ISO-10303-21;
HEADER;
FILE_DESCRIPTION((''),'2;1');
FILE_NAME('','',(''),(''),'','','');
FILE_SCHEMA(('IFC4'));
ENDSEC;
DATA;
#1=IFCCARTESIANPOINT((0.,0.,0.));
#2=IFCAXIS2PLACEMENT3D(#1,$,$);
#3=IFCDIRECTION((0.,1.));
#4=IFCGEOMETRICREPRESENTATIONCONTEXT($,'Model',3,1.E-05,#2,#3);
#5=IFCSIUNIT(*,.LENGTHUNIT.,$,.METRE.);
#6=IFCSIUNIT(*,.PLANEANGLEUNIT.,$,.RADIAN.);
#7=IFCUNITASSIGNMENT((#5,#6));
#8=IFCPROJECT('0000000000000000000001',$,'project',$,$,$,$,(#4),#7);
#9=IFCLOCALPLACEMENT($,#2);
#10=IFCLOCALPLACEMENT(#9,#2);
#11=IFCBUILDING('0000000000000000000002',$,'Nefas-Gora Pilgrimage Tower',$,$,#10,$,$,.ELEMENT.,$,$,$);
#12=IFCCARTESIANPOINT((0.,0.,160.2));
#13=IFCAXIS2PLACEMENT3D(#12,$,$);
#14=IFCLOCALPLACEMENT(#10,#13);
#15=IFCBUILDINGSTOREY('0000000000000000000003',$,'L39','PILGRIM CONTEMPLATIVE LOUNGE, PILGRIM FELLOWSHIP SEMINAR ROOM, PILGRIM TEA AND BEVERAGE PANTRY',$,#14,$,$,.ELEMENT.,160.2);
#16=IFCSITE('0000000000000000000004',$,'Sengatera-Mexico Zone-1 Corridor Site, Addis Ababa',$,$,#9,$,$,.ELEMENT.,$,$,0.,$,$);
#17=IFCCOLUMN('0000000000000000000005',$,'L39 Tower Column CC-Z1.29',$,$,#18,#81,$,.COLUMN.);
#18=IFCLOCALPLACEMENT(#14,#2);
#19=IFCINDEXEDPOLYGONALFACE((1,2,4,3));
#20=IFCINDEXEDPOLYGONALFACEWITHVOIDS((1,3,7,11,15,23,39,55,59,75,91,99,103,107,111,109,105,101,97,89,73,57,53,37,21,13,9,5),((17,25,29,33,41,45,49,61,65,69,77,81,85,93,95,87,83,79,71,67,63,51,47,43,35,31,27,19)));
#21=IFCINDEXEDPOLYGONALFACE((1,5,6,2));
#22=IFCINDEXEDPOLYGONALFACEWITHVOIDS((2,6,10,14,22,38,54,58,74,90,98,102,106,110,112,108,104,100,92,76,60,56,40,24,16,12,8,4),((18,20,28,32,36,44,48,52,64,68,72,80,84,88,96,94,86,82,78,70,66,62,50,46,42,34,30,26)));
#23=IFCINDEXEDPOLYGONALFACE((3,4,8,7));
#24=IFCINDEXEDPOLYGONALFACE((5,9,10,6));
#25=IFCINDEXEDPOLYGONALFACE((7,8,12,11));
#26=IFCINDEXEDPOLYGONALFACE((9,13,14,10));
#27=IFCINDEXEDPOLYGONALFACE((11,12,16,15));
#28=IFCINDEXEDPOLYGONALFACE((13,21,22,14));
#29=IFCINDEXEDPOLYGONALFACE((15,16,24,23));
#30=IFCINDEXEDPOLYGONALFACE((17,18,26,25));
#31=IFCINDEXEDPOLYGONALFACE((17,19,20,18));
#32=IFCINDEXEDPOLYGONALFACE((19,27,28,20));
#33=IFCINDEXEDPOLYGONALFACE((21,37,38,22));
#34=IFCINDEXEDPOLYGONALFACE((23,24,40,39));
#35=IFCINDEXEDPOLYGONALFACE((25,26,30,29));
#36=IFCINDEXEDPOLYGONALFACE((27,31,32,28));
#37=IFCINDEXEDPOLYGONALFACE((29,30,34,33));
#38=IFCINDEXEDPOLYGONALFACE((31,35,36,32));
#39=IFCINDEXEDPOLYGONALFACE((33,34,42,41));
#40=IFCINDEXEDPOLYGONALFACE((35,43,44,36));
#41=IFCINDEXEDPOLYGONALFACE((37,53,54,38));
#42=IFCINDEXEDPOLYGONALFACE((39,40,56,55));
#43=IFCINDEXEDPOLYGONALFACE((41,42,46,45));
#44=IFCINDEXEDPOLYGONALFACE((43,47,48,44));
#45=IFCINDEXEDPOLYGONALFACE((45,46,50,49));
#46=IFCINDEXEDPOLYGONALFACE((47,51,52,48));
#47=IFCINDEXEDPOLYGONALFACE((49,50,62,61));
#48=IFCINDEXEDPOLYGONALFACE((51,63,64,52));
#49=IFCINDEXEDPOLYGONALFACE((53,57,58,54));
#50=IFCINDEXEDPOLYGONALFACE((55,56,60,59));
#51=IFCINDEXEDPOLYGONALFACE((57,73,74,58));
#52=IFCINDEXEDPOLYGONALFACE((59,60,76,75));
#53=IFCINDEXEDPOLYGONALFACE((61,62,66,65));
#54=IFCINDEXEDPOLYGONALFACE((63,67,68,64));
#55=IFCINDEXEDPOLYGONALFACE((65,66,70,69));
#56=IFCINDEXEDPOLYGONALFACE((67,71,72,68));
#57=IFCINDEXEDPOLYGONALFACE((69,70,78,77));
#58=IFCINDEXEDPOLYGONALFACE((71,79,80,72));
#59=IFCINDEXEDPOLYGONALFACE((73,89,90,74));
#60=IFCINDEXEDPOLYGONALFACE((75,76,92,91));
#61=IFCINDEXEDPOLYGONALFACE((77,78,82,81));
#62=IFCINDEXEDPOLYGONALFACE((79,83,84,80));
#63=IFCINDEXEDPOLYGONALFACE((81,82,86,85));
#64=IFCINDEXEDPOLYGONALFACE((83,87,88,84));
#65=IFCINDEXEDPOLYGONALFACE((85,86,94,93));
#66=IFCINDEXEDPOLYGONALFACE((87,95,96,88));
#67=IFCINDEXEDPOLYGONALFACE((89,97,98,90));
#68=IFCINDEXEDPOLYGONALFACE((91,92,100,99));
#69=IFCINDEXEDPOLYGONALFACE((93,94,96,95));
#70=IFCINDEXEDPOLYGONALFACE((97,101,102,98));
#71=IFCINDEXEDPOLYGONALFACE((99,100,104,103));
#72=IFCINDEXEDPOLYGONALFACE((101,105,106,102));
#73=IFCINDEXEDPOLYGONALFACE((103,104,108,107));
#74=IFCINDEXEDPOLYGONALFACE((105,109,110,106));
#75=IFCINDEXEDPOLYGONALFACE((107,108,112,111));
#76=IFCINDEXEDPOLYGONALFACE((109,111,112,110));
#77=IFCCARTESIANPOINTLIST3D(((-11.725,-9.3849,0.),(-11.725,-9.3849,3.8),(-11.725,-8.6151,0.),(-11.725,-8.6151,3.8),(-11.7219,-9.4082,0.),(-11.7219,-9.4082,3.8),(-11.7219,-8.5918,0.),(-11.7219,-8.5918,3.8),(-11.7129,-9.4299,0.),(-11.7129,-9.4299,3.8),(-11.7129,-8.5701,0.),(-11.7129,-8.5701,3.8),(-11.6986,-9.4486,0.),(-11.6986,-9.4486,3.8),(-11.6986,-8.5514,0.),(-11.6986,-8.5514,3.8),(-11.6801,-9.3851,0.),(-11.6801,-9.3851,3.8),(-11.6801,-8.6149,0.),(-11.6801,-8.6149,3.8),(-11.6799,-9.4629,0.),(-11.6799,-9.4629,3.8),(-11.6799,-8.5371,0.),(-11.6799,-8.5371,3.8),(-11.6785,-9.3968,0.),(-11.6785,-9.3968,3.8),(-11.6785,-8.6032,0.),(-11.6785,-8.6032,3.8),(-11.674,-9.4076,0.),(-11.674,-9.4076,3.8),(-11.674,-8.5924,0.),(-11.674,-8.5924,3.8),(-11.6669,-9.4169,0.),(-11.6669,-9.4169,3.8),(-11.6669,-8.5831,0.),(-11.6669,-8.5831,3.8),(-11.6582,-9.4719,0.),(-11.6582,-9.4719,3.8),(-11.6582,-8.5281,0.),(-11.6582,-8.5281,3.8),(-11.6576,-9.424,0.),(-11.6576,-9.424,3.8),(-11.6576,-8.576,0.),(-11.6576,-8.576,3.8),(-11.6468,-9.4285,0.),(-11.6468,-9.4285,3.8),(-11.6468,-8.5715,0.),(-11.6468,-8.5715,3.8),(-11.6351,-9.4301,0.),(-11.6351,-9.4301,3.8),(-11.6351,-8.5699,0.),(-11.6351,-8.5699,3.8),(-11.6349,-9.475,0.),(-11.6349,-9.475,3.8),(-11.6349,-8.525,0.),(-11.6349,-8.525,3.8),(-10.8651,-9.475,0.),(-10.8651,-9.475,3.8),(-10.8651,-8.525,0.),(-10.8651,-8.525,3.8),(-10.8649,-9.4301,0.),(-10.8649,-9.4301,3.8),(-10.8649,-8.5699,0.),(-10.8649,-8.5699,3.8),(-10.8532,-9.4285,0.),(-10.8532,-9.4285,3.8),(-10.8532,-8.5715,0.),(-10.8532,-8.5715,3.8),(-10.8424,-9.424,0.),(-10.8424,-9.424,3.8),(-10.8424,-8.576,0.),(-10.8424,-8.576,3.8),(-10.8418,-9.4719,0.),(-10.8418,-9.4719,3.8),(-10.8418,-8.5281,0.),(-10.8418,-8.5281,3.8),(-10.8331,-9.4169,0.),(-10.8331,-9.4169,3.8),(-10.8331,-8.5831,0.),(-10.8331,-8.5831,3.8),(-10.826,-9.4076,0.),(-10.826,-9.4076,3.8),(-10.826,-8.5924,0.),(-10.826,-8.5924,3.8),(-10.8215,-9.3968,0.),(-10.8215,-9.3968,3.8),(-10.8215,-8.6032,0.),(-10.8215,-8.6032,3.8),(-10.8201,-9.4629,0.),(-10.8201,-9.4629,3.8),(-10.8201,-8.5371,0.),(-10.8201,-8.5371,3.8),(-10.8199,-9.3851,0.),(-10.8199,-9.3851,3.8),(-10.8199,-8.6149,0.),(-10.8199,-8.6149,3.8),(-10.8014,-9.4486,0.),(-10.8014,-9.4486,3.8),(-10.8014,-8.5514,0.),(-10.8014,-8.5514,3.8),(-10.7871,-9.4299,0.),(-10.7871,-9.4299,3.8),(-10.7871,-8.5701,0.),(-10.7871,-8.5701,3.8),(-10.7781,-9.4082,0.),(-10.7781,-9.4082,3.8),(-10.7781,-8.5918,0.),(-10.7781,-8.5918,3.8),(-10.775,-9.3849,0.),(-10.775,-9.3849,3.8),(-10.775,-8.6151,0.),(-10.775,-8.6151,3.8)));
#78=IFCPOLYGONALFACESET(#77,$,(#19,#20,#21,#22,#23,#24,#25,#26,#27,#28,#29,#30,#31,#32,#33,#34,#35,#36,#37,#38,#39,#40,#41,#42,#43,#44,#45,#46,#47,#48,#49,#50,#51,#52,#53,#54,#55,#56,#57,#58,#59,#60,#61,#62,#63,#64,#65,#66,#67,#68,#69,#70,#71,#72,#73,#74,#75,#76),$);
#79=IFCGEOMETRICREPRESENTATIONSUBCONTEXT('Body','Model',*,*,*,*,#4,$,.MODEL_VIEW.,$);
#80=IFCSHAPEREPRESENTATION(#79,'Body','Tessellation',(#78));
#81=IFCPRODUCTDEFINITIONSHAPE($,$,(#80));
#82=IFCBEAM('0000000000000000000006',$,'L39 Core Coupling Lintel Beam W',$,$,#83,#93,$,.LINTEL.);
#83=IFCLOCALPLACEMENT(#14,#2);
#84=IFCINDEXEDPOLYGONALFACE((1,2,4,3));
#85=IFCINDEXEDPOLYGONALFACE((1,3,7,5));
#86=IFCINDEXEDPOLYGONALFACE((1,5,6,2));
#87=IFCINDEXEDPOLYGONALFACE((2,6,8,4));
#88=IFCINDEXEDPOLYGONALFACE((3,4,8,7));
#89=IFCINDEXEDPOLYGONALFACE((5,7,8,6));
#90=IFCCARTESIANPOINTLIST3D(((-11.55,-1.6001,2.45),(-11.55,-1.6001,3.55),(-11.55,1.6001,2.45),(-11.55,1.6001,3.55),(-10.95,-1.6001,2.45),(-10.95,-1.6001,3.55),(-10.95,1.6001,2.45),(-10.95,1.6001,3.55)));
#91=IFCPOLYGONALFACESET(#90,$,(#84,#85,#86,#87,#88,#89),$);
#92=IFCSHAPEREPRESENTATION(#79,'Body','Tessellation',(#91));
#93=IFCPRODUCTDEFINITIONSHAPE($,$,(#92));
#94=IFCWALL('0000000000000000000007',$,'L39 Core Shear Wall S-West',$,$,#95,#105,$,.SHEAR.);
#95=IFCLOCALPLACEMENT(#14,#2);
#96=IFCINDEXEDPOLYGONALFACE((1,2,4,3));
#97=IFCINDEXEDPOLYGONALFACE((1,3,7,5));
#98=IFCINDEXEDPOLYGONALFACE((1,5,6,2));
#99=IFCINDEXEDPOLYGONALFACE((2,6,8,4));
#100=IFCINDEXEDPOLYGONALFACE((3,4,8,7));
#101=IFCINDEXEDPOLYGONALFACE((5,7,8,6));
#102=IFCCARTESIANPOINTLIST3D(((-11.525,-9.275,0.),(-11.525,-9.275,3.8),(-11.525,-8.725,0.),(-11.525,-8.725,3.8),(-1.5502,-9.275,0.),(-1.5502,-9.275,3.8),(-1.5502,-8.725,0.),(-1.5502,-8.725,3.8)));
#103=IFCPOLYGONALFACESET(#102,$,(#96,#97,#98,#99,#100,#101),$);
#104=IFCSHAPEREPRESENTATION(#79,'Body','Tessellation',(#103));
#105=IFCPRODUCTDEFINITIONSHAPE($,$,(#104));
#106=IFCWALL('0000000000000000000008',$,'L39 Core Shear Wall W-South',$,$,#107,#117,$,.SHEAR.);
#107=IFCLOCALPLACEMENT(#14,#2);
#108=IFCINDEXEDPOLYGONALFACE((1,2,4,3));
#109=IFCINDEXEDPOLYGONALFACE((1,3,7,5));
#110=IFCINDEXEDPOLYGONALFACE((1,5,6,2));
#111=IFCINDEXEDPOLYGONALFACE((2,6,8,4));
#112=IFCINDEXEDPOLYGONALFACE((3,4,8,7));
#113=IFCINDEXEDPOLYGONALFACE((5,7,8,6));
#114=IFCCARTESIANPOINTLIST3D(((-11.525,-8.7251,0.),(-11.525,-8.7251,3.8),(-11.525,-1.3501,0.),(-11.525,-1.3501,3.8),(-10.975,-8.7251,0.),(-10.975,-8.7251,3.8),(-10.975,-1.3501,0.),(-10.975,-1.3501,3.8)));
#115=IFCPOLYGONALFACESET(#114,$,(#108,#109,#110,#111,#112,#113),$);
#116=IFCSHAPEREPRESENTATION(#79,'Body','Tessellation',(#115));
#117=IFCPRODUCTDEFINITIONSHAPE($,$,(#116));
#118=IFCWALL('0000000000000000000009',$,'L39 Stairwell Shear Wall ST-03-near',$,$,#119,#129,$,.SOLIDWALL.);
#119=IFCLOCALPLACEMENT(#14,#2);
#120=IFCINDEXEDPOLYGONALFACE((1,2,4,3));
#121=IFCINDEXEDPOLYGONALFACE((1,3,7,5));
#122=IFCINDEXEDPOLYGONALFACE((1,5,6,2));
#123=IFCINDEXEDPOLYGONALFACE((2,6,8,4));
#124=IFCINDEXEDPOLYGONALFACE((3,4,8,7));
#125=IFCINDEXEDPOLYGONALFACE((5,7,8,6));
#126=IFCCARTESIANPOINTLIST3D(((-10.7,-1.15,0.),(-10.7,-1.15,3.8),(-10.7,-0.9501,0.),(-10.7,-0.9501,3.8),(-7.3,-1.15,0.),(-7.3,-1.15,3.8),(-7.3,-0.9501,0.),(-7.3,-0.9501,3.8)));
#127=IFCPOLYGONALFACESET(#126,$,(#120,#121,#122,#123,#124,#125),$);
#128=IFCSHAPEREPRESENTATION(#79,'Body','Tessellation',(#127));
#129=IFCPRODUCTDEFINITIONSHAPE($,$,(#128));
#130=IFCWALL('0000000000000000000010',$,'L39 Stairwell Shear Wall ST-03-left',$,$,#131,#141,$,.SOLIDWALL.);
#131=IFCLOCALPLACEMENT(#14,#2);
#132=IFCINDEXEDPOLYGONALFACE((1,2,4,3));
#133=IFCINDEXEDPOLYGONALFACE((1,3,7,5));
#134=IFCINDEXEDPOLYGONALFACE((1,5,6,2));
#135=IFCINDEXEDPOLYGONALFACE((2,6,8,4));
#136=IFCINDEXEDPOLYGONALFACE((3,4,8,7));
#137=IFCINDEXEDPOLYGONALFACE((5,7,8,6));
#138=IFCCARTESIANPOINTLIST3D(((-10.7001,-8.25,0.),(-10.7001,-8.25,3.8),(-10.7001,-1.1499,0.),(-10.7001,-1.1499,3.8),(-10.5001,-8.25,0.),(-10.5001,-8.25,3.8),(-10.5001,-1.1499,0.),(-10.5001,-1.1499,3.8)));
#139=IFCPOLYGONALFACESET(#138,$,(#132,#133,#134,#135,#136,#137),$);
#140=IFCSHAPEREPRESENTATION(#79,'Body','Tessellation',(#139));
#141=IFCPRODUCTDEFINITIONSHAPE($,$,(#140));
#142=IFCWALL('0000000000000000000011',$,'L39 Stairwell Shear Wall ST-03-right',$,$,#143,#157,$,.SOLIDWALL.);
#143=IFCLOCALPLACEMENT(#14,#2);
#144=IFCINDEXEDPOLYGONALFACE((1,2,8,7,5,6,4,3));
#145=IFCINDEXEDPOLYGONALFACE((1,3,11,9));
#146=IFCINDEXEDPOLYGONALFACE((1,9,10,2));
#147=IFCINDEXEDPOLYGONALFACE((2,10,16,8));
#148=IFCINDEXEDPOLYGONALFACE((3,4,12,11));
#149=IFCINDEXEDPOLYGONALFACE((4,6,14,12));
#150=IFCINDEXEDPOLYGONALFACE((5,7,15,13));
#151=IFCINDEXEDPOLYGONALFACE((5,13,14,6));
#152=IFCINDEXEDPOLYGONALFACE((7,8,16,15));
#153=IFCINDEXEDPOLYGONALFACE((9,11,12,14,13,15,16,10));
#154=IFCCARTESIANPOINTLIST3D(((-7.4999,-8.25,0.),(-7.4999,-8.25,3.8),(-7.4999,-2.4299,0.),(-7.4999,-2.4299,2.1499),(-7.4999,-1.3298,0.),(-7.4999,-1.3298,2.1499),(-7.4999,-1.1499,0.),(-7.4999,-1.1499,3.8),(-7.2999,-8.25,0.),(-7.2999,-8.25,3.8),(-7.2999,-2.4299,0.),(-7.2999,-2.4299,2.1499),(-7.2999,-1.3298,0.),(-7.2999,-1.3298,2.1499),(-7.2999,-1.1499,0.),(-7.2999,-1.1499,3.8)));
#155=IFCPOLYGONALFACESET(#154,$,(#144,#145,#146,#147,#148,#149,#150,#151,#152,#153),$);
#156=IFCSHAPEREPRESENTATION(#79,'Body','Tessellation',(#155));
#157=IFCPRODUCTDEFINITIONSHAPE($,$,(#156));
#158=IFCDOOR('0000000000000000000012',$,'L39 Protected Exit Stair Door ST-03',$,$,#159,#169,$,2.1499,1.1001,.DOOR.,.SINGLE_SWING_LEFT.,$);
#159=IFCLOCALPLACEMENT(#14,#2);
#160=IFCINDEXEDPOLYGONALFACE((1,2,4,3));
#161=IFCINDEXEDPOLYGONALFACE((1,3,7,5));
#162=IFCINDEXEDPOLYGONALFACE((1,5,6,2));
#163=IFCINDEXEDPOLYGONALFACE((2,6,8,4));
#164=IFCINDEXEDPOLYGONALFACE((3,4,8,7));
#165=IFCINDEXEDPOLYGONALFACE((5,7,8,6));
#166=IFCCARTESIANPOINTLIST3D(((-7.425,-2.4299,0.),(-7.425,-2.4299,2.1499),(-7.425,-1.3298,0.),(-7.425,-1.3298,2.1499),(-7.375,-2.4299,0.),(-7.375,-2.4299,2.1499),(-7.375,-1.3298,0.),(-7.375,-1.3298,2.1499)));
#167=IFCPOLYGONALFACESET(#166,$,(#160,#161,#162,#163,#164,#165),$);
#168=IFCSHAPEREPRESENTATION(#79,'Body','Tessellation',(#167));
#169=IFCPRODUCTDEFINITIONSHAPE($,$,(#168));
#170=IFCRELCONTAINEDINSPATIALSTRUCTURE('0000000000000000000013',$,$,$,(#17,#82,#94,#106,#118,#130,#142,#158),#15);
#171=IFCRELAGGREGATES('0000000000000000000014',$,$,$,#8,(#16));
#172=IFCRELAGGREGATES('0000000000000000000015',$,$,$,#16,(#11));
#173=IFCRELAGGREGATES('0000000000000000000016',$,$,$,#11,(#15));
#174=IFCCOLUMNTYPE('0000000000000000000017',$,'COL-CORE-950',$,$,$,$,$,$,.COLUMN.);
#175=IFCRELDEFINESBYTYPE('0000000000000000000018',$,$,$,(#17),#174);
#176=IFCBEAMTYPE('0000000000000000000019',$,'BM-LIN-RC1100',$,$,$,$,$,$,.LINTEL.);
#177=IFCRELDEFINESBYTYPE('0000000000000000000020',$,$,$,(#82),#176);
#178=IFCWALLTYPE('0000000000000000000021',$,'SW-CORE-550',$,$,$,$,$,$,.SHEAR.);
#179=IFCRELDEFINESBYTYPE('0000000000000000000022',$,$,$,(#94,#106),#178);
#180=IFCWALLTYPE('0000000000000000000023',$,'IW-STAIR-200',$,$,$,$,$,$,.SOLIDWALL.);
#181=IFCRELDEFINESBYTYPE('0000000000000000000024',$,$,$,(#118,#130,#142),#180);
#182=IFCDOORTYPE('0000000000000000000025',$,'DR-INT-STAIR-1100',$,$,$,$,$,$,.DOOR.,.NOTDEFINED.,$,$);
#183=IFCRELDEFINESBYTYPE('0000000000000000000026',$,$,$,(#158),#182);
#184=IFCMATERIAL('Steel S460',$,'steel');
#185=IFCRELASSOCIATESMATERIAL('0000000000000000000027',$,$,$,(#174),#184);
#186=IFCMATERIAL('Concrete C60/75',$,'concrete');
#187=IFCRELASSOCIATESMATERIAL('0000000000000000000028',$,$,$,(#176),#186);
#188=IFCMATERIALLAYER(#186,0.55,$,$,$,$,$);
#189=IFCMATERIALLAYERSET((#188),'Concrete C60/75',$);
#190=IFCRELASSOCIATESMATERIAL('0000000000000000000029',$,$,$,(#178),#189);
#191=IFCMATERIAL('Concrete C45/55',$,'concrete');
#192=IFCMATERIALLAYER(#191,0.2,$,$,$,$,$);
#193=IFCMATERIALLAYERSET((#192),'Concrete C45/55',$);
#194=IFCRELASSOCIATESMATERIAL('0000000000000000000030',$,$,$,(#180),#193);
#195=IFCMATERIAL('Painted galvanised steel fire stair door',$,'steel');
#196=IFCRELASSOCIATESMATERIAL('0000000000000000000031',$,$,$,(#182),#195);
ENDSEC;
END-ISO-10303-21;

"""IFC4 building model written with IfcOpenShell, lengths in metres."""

from ifc_helpers import new_model, si_unit, direction, frame, frame_2d, origin, origin_2d, place, context, subcontext, project, spatial, rectangle, hollow_rectangle, extrude, source, transform, mapped, material, layer, layer_set, material_profile, profile_set, type_object, element, fill, save


model = new_model("IFC4")

# Units and contexts
model_context = context("Model", 3, precision=1e-05, world=origin(), true_north=direction((0.0, 1.0)))
body_context = subcontext(model_context, "Body", "Model", "MODEL_VIEW")
ifc_project = project(units=[si_unit("LENGTHUNIT", "METRE"), si_unit("PLANEANGLEUNIT", "RADIAN")], contexts=[model_context])

# Site, building, storey
site_placement = place(None, origin())
site = spatial("IfcSite", under=ifc_project, at=site_placement, Name="Sengatera-Mexico Zone-1 Corridor Site, Addis Ababa", CompositionType="ELEMENT", RefElevation=0.0)
building_placement = place(site_placement, origin())
building = spatial("IfcBuilding", under=site, at=building_placement, Name="Nefas-Gora Pilgrimage Tower", CompositionType="ELEMENT")
storey_placement = place(building_placement, frame((0.0, 0.0, 160.2)))
storey = spatial("IfcBuildingStorey", under=building, at=storey_placement, Name="L39", Description="PILGRIM CONTEMPLATIVE LOUNGE, PILGRIM FELLOWSHIP SEMINAR ROOM, PILGRIM TEA AND BEVERAGE PANTRY", CompositionType="ELEMENT", Elevation=160.2)

# Column
ifc_material_1 = material(Name="Steel S460", Category="steel")
ifc_material_profile_1 = material_profile(ifc_material_1, hollow_rectangle(XDim=0.95, YDim=0.95, WallThickness=0.0449, InnerFilletRadius=0.0449, OuterFilletRadius=0.0901, at=origin_2d()), Name="BOX 950x950x45")
ifc_profile_set_1 = profile_set([ifc_material_profile_1], Name="Steel S460")
column_type = type_object("IfcColumnType", Name="COL-CORE-950", PredefinedType="COLUMN", material=ifc_profile_set_1)
shared_shape_1 = source(origin(), body_context, "Body", "SweptSolid", [
    extrude(hollow_rectangle(XDim=0.95, YDim=0.95, WallThickness=0.0449, InnerFilletRadius=0.0449, OuterFilletRadius=0.0901, at=origin_2d()), origin(), (0.0, 0.0, 1.0), 3.8),
])
column_placement = place(storey_placement, frame((-11.25, -9.0, 0.0), z_axis=(0.0, 0.0, 1.0), x_axis=(1.0, 0.0, 0.0)))
element("IfcColumn", 1, at=column_placement, inside=storey, type_object=column_type, Name="L39 Tower Column CC-Z1.29", PredefinedType="COLUMN", context=body_context, shape_type="MappedRepresentation", body=[
    mapped(shared_shape_1, transform((0.0, 0.0, 0.0), x_axis=(1.0, 0.0, 0.0), y_axis=(0.0, 1.0, 0.0), z_axis=(0.0, 0.0, 1.0), scale=1.0)),
])

# Beam
ifc_material_2 = material(Name="Concrete C60/75", Category="concrete")
ifc_material_profile_2 = material_profile(ifc_material_2, rectangle(XDim=0.6001, YDim=1.1001, at=origin_2d()), Name="RC 600x1100")
ifc_profile_set_2 = profile_set([ifc_material_profile_2], Name="Concrete C60/75")
beam_type = type_object("IfcBeamType", Name="BM-LIN-RC1100", PredefinedType="LINTEL", material=ifc_profile_set_2)
shared_shape_2 = source(origin(), body_context, "Body", "SweptSolid", [
    extrude(rectangle(XDim=0.6001, YDim=1.1001, at=origin_2d()), origin(), (0.0, 0.0, 1.0), 3.2002),
])
beam_placement = place(storey_placement, frame((-11.25, -1.6001, 3.0), z_axis=(0.0, 1.0, 0.0), x_axis=(-1.0, 0.0, 0.0)))
element("IfcBeam", 2, at=beam_placement, inside=storey, type_object=beam_type, Name="L39 Core Coupling Lintel Beam W", PredefinedType="LINTEL", context=body_context, shape_type="MappedRepresentation", body=[
    mapped(shared_shape_2, transform((0.0, 0.0, 0.0), x_axis=(1.0, 0.0, 0.0), y_axis=(0.0, 1.0, 0.0), z_axis=(0.0, 0.0, 1.0), scale=1.0)),
])

# Walls
ifc_layer_1 = layer(ifc_material_2, 0.55)
ifc_layer_set_1 = layer_set([ifc_layer_1], Name="Concrete C60/75")
wall_type_1 = type_object("IfcWallType", Name="SW-CORE-550", PredefinedType="SHEAR", material=ifc_layer_set_1)
shared_shape_3 = source(origin(), body_context, "Body", "SweptSolid", [
    extrude(rectangle(XDim=9.9749, YDim=0.55, at=frame_2d((4.9873, 0.0))), origin(), (0.0, 0.0, 1.0), 3.8),
])
wall_1_placement = place(storey_placement, frame((-11.5249, -9.0, 0.0), z_axis=(0.0, 0.0, 1.0), x_axis=(1.0, 0.0, 0.0)))
element("IfcWall", 3, at=wall_1_placement, inside=storey, type_object=wall_type_1, Name="L39 Core Shear Wall S-West", PredefinedType="SHEAR", context=body_context, shape_type="MappedRepresentation", body=[
    mapped(shared_shape_3, transform((0.0, 0.0, 0.0), x_axis=(1.0, 0.0, 0.0), y_axis=(0.0, 1.0, 0.0), z_axis=(0.0, 0.0, 1.0), scale=1.0)),
])
shared_shape_4 = source(origin(), body_context, "Body", "SweptSolid", [
    extrude(rectangle(XDim=7.375, YDim=0.55, at=frame_2d((3.6875, 0.0))), origin(), (0.0, 0.0, 1.0), 3.8),
])
wall_2_placement = place(storey_placement, frame((-11.25, -8.7251, 0.0), z_axis=(0.0, 0.0, 1.0), x_axis=(0.0, 1.0, 0.0)))
element("IfcWall", 4, at=wall_2_placement, inside=storey, type_object=wall_type_1, Name="L39 Core Shear Wall W-South", PredefinedType="SHEAR", context=body_context, shape_type="MappedRepresentation", body=[
    mapped(shared_shape_4, transform((0.0, 0.0, 0.0), x_axis=(1.0, 0.0, 0.0), y_axis=(0.0, 1.0, 0.0), z_axis=(0.0, 0.0, 1.0), scale=1.0)),
])
ifc_material_3 = material(Name="Concrete C45/55", Category="concrete")
ifc_layer_2 = layer(ifc_material_3, 0.2)
ifc_layer_set_2 = layer_set([ifc_layer_2], Name="Concrete C45/55")
wall_type_2 = type_object("IfcWallType", Name="IW-STAIR-200", PredefinedType="SOLIDWALL", material=ifc_layer_set_2)
shared_shape_5 = source(origin(), body_context, "Body", "SweptSolid", [
    extrude(rectangle(XDim=3.3999, YDim=0.2, at=frame_2d((1.7, 0.0))), origin(), (0.0, 0.0, 1.0), 3.8),
])
wall_3_placement = place(storey_placement, frame((-10.7, -1.05, 0.0), z_axis=(0.0, 0.0, 1.0), x_axis=(1.0, 0.0, 0.0)))
element("IfcWall", 5, at=wall_3_placement, inside=storey, type_object=wall_type_2, Name="L39 Stairwell Shear Wall ST-03-near", PredefinedType="SOLIDWALL", context=body_context, shape_type="MappedRepresentation", body=[
    mapped(shared_shape_5, transform((0.0, 0.0, 0.0), x_axis=(1.0, 0.0, 0.0), y_axis=(0.0, 1.0, 0.0), z_axis=(0.0, 0.0, 1.0), scale=1.0)),
])
shared_shape_6 = source(origin(), body_context, "Body", "SweptSolid", [
    extrude(rectangle(XDim=7.1001, YDim=0.2, at=frame_2d((3.55, 0.0))), origin(), (0.0, 0.0, 1.0), 3.8),
])
wall_4_placement = place(storey_placement, frame((-10.6001, -1.1499, 0.0), z_axis=(0.0, 0.0, 1.0), x_axis=(0.0, -1.0, 0.0)))
element("IfcWall", 6, at=wall_4_placement, inside=storey, type_object=wall_type_2, Name="L39 Stairwell Shear Wall ST-03-left", PredefinedType="SOLIDWALL", context=body_context, shape_type="MappedRepresentation", body=[
    mapped(shared_shape_6, transform((0.0, 0.0, 0.0), x_axis=(1.0, 0.0, 0.0), y_axis=(0.0, 1.0, 0.0), z_axis=(0.0, 0.0, 1.0), scale=1.0)),
])

# Wall, opening, door
wall_5_placement = place(storey_placement, frame((-7.3999, -1.1499, 0.0), z_axis=(0.0, 0.0, 1.0), x_axis=(0.0, -1.0, 0.0)))
wall_5 = element("IfcWall", 7, at=wall_5_placement, inside=storey, type_object=wall_type_2, Name="L39 Stairwell Shear Wall ST-03-right", PredefinedType="SOLIDWALL", context=body_context, shape_type="MappedRepresentation", body=[
    mapped(shared_shape_6, transform((0.0, 0.0, 0.0), x_axis=(1.0, 0.0, 0.0), y_axis=(0.0, 1.0, 0.0), z_axis=(0.0, 0.0, 1.0), scale=1.0)),
])
opening_1_placement = place(wall_5_placement, frame((0.1799, 0.0, 0.0)))
opening_1 = element("IfcOpeningElement", 8, at=opening_1_placement, cuts=wall_5, PredefinedType="OPENING", context=body_context, shape_type="SweptSolid", body=[
    extrude(rectangle(XDim=1.1001, YDim=2.1499, at=frame_2d((0.55, 1.075))), frame((0.0, 0.1099, 0.0), z_axis=(0.0, -1.0, 0.0), x_axis=(1.0, 0.0, 0.0)), (0.0, 0.0, 1.0), 0.22),
])
ifc_material_4 = material(Name="Painted galvanised steel fire stair door", Category="steel")
door_type_1 = type_object("IfcDoorType", Name="DR-INT-STAIR-1100", OperationType="NOTDEFINED", PredefinedType="DOOR", material=ifc_material_4)
shared_shape_7 = source(origin(), body_context, "Body", "SweptSolid", [
    extrude(rectangle(XDim=1.1001, YDim=2.1499, at=frame_2d((0.55, 1.075))), frame((0.0, 0.0249, 0.0), z_axis=(0.0, -1.0, 0.0), x_axis=(1.0, 0.0, 0.0)), (0.0, 0.0, 1.0), 0.05),
])
door_1_placement = place(opening_1_placement, origin())
door_1 = element("IfcDoor", 9, at=door_1_placement, inside=storey, type_object=door_type_1, Name="L39 Protected Exit Stair Door ST-03", OperationType="SINGLE_SWING_LEFT", OverallHeight=2.1499, OverallWidth=1.1001, PredefinedType="DOOR", context=body_context, shape_type="MappedRepresentation", body=[
    mapped(shared_shape_7, transform((0.0, 0.0, 0.0), x_axis=(1.0, 0.0, 0.0), y_axis=(0.0, 1.0, 0.0), z_axis=(0.0, 0.0, 1.0), scale=1.0)),
])
fill(opening_1, door_1)

save(model, "model.ifc")
